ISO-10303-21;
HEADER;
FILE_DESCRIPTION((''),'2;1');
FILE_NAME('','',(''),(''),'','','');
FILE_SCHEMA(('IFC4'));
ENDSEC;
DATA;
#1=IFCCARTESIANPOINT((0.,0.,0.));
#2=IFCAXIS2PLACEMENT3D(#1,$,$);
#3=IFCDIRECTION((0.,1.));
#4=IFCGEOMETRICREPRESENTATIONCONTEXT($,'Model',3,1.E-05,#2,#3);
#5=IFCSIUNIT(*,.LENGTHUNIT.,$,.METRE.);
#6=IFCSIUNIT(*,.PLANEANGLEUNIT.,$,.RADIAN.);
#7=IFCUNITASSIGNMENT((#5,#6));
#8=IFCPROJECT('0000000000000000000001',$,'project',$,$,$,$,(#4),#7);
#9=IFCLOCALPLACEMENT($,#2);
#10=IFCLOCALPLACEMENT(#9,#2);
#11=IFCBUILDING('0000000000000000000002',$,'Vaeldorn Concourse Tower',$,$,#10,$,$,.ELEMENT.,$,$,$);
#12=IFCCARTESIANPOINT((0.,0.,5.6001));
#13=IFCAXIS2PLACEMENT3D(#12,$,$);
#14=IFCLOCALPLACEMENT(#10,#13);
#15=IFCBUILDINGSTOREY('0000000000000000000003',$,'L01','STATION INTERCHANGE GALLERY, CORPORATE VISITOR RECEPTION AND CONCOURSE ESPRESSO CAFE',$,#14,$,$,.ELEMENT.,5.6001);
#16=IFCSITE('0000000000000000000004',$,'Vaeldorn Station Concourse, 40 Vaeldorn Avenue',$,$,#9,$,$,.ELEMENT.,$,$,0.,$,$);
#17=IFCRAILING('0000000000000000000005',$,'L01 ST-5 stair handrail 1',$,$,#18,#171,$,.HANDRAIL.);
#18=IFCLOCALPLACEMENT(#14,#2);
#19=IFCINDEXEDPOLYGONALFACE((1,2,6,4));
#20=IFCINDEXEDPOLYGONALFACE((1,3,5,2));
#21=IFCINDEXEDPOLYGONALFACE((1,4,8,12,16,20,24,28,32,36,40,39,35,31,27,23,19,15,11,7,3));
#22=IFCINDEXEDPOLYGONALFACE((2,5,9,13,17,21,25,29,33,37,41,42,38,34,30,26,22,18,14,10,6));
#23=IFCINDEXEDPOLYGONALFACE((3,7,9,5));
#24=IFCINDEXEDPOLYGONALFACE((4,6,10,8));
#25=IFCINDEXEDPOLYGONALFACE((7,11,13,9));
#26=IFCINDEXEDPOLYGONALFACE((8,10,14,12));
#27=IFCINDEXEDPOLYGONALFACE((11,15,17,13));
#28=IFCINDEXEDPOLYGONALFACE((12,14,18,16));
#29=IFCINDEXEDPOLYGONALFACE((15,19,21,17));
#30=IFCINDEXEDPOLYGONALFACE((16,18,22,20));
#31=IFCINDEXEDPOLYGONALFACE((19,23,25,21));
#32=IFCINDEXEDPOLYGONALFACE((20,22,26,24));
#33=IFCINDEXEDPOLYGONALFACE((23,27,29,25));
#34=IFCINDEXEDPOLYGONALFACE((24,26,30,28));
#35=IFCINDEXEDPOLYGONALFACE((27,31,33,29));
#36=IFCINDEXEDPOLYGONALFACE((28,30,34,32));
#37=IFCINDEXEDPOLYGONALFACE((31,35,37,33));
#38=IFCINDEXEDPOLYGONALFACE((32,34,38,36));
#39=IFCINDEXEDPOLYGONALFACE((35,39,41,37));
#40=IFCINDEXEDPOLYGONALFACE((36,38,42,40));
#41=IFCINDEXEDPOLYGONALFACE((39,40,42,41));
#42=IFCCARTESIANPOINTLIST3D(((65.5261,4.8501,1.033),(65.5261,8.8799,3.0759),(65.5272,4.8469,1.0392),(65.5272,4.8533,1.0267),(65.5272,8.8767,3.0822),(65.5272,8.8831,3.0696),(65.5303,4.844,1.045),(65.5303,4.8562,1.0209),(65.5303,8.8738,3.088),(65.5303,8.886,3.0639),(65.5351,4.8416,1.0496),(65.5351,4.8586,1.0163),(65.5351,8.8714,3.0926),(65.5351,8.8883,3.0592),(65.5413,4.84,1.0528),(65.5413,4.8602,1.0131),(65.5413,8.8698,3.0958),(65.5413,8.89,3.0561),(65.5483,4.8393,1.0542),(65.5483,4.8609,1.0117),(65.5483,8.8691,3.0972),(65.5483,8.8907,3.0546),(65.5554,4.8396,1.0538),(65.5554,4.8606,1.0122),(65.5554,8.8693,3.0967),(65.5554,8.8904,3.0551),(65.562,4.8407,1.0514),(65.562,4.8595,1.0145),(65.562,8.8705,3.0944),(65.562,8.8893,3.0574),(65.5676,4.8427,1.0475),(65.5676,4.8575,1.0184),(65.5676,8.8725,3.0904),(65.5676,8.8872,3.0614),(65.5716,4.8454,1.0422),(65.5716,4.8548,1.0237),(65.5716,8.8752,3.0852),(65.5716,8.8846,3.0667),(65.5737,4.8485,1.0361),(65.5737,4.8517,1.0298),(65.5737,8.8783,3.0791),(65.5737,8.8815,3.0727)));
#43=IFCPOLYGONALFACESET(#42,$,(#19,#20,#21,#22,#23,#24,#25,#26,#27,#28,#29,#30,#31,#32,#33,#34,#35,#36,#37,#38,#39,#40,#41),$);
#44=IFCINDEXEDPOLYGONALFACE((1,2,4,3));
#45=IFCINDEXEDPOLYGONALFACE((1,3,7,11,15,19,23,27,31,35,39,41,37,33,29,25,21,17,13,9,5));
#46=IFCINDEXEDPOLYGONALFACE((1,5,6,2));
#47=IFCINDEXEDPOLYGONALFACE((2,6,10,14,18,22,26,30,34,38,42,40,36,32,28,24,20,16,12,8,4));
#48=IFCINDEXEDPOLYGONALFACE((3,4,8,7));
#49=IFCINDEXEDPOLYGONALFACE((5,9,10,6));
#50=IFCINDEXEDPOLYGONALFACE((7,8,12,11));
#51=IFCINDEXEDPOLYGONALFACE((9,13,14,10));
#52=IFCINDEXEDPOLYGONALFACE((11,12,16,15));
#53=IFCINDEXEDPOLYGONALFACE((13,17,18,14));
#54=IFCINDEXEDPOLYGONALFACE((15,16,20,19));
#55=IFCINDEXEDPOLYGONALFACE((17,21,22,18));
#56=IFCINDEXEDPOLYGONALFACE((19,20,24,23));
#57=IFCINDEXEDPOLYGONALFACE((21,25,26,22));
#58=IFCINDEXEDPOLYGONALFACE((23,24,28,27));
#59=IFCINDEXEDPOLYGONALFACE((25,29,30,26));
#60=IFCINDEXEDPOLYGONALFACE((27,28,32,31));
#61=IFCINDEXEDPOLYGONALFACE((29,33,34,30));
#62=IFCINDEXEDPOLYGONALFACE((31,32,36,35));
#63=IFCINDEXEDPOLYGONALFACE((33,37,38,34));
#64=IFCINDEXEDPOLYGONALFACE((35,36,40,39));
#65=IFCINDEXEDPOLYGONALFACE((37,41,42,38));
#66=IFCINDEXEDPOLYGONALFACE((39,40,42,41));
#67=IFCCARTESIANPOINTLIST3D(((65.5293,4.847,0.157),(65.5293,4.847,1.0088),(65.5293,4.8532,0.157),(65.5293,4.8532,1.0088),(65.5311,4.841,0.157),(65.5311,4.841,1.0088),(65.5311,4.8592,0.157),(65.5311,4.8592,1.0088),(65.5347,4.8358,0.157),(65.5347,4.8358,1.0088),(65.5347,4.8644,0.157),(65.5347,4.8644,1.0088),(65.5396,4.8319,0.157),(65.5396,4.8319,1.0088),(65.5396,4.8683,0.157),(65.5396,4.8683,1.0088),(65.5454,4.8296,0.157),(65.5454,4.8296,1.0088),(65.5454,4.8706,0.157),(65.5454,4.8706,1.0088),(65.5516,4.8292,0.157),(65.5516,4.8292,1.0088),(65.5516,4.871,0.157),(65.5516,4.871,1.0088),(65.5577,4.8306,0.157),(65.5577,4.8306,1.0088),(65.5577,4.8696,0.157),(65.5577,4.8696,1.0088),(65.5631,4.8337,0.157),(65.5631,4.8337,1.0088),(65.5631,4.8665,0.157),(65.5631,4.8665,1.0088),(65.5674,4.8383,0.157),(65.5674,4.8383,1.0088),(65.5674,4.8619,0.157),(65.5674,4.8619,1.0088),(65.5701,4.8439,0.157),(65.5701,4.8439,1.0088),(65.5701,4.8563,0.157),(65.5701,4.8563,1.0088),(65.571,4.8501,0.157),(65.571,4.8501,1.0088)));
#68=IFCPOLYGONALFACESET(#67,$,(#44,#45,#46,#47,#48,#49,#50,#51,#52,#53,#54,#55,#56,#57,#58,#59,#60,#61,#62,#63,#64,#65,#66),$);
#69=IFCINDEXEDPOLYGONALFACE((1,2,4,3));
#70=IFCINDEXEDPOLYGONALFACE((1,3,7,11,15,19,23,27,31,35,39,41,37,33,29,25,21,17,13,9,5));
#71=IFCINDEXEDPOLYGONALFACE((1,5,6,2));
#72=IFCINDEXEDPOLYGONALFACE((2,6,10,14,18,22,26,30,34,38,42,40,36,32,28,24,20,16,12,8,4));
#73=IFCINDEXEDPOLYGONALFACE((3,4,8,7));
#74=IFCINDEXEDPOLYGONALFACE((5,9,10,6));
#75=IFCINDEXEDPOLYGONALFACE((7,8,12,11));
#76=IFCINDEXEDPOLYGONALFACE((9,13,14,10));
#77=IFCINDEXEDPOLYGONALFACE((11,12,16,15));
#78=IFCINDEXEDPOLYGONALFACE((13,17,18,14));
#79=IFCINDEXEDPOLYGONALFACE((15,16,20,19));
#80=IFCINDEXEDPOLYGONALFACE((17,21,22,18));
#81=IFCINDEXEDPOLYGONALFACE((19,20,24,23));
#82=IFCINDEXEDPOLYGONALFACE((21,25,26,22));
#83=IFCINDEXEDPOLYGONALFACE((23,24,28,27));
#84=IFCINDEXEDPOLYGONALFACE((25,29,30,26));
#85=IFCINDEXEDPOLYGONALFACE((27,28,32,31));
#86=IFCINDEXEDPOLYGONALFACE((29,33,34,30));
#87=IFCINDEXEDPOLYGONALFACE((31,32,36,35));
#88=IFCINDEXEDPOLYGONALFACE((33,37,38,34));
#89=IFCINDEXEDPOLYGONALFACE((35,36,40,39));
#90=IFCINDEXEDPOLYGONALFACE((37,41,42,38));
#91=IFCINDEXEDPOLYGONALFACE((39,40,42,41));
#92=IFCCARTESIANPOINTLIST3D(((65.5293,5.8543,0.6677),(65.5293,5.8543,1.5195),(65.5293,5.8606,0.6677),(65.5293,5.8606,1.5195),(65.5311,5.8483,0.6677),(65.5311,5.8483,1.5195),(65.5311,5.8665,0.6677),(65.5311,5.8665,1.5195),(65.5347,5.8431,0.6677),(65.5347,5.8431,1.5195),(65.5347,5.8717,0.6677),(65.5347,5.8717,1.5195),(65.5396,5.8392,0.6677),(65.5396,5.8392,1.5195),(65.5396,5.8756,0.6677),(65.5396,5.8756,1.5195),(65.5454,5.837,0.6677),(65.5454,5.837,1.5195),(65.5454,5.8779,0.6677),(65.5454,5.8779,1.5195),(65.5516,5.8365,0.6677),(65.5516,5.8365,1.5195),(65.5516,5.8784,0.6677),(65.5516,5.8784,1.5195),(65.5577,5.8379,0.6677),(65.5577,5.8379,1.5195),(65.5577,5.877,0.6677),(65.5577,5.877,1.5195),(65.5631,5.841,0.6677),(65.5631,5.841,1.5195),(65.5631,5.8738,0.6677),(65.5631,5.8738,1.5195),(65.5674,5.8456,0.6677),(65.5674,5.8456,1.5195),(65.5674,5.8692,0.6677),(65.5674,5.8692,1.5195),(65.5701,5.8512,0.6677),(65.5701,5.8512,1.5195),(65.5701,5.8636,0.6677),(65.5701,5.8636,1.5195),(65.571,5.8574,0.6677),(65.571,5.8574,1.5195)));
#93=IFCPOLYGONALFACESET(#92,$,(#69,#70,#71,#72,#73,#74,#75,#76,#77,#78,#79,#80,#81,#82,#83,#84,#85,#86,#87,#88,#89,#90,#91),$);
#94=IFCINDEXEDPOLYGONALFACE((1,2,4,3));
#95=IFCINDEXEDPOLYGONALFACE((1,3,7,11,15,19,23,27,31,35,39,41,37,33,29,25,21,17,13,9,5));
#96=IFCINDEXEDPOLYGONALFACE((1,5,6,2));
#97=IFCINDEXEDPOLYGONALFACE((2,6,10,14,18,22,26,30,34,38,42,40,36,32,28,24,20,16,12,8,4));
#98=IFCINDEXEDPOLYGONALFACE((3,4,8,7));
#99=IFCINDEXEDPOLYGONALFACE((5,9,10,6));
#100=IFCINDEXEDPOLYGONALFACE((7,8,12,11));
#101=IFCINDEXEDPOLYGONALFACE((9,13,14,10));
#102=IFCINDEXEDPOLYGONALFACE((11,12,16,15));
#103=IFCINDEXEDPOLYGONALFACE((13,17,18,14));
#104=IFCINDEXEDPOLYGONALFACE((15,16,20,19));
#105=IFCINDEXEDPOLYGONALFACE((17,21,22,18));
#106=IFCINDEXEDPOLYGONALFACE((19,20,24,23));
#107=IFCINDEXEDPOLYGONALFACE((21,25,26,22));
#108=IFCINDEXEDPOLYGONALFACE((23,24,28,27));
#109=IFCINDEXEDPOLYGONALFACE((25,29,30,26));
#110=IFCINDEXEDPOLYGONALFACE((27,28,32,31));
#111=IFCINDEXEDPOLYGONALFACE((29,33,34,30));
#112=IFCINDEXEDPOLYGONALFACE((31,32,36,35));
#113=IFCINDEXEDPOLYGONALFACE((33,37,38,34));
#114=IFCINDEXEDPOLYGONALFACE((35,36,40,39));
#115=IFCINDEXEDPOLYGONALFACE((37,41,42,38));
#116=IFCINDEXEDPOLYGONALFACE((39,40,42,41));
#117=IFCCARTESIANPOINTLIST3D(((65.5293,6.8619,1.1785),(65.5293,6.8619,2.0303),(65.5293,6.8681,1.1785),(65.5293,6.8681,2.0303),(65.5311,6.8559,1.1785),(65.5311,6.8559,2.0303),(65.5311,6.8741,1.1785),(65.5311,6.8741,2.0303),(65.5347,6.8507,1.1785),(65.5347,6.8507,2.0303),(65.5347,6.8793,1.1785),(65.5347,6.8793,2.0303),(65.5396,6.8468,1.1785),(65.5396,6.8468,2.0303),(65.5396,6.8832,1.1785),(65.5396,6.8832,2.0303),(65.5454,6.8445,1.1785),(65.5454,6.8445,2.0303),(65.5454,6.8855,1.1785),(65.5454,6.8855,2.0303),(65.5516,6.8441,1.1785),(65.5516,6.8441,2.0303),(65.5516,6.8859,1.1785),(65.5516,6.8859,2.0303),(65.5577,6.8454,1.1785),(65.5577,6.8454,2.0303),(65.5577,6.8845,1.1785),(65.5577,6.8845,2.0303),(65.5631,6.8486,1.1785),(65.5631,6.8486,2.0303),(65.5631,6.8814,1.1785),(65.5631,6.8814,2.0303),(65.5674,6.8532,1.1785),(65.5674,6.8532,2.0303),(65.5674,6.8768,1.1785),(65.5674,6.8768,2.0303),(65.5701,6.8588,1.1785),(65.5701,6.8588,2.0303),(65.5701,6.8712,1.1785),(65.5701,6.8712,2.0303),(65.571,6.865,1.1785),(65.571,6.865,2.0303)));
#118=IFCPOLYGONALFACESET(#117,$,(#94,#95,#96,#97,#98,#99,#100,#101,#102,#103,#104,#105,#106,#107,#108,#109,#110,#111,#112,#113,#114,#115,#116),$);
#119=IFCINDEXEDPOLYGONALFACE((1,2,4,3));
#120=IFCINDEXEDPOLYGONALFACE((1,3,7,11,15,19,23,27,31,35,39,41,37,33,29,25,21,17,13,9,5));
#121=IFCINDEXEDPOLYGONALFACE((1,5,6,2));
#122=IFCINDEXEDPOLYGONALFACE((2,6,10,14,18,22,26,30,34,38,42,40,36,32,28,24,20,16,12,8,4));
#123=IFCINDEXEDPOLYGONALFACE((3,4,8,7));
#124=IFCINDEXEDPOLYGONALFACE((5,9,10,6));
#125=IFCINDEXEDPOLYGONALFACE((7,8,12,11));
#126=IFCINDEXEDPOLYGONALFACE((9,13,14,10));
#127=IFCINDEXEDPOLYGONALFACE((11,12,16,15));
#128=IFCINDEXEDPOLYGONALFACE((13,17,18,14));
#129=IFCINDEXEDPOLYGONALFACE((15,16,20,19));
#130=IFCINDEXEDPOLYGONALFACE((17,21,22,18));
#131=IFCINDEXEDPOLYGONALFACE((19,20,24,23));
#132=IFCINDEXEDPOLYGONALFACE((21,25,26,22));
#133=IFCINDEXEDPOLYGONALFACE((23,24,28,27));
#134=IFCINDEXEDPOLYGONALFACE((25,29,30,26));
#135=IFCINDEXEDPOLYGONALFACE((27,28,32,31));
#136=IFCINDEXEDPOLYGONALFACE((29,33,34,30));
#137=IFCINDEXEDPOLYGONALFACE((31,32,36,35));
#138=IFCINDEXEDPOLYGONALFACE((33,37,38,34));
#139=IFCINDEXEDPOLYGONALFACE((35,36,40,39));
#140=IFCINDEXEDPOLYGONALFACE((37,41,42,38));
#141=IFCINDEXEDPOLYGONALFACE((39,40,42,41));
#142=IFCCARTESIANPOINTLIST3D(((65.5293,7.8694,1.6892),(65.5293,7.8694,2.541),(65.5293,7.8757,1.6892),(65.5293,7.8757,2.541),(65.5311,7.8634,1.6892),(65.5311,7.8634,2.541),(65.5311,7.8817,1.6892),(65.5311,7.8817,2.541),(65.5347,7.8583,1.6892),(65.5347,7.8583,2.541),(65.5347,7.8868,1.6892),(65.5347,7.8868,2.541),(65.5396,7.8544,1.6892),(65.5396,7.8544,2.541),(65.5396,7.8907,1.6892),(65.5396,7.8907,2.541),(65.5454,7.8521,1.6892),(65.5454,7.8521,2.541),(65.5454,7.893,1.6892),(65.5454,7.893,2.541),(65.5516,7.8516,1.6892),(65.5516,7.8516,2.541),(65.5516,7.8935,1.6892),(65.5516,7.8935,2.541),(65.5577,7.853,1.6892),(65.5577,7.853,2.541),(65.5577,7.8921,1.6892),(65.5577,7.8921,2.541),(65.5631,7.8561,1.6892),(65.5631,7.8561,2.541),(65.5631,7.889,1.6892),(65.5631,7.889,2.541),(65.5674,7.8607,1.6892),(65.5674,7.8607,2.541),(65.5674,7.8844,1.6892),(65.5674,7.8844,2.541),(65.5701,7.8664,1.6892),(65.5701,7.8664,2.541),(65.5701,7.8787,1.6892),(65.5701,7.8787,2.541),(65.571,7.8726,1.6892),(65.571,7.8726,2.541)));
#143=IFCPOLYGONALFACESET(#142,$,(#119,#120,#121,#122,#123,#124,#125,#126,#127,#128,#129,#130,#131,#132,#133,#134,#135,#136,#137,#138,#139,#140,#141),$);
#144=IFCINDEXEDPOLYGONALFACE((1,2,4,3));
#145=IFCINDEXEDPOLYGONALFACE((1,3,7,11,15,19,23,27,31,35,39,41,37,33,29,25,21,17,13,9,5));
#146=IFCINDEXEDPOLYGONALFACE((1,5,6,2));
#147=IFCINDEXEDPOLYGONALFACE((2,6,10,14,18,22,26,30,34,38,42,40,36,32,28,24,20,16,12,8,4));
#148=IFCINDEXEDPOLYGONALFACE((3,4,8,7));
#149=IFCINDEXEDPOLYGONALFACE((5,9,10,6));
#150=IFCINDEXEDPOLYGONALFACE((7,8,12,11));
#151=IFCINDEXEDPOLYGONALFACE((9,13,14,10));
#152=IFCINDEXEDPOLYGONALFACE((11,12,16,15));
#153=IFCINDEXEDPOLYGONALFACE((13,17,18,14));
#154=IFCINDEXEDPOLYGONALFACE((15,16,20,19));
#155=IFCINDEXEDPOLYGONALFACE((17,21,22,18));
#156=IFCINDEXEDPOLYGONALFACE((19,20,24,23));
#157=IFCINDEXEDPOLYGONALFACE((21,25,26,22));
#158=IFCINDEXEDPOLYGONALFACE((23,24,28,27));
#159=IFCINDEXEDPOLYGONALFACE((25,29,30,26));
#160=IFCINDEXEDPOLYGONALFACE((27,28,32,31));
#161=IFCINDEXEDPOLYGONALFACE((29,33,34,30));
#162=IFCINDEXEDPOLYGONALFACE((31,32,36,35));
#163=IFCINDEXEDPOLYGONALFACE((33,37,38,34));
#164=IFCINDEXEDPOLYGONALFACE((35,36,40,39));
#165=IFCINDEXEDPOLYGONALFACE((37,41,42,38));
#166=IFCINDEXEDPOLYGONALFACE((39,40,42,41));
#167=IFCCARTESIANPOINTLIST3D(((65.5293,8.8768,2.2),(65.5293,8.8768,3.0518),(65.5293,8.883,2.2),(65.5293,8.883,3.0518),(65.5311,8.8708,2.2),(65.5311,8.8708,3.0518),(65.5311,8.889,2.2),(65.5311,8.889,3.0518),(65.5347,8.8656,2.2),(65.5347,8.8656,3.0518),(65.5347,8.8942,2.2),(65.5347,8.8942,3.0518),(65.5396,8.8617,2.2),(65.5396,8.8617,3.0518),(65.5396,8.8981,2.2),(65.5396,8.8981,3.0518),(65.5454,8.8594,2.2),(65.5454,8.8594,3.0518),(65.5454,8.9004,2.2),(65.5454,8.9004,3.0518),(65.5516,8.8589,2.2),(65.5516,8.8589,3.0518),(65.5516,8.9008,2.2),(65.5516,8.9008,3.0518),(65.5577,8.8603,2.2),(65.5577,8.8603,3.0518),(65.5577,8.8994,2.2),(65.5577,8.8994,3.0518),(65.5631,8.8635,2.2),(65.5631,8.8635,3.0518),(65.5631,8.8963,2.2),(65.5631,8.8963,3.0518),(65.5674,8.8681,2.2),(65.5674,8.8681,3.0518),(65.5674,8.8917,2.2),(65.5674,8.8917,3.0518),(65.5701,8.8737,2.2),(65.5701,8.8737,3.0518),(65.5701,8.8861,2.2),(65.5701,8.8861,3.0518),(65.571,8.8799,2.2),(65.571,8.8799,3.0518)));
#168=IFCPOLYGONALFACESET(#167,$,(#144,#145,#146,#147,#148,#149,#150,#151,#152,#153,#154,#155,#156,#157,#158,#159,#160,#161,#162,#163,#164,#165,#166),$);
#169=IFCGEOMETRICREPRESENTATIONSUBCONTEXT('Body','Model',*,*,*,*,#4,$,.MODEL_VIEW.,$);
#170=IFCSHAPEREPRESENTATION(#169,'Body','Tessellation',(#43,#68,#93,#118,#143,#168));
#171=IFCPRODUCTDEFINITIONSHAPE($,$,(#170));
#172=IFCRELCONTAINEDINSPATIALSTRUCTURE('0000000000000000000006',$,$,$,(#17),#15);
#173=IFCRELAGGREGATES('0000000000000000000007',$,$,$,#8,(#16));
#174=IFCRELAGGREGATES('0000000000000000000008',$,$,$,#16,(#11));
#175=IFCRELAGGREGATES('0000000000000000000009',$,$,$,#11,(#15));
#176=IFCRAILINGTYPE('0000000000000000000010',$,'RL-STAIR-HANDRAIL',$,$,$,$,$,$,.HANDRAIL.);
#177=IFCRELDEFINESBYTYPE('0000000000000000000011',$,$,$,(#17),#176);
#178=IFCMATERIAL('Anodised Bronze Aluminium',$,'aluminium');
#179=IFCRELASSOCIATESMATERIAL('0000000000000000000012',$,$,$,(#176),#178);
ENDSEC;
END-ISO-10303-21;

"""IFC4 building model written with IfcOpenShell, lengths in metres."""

from ifc_helpers import new_model, si_unit, direction, frame, origin, origin_2d, place, context, subcontext, project, spatial, circle, extrude, material, type_object, element, save


model = new_model("IFC4")

# Units and contexts
model_context = context("Model", 3, precision=1e-05, world=origin(), true_north=direction((0.0, 1.0)))
body_context = subcontext(model_context, "Body", "Model", "MODEL_VIEW")
ifc_project = project(units=[si_unit("LENGTHUNIT", "METRE"), si_unit("PLANEANGLEUNIT", "RADIAN")], contexts=[model_context])

# Site, building, storey
site_placement = place(None, origin())
site = spatial("IfcSite", under=ifc_project, at=site_placement, Name="Vaeldorn Station Concourse, 40 Vaeldorn Avenue", CompositionType="ELEMENT", RefElevation=0.0)
building_placement = place(site_placement, origin())
building = spatial("IfcBuilding", under=site, at=building_placement, Name="Vaeldorn Concourse Tower", CompositionType="ELEMENT")
storey_placement = place(building_placement, frame((0.0, 0.0, 5.6001)))
storey = spatial("IfcBuildingStorey", under=building, at=storey_placement, Name="L01", Description="STATION INTERCHANGE GALLERY, CORPORATE VISITOR RECEPTION AND CONCOURSE ESPRESSO CAFE", CompositionType="ELEMENT", Elevation=5.6001)

# Shared definitions
ifc_material_1 = material(Name="Anodised Bronze Aluminium", Category="aluminium")

# Railing
railing_type_1 = type_object("IfcRailingType", Name="RL-STAIR-HANDRAIL", PredefinedType="HANDRAIL", material=ifc_material_1)
railing_1_placement = place(storey_placement, frame((65.55, 4.8501, 0.157)))
element("IfcRailing", 1, at=railing_1_placement, inside=storey, type_object=railing_type_1, Name="L01 ST-5 stair handrail 1", PredefinedType="HANDRAIL", context=body_context, shape_type="SweptSolid", body=[
    extrude(circle(Radius=0.0239, at=origin_2d()), frame((0.0, 0.0, 0.876), z_axis=(0.0, 0.891928, 0.452178), x_axis=(-1.0, 0.0, 0.0)), (0.0, 0.0, 1.0), 4.5181),
    extrude(circle(Radius=0.021, at=origin_2d()), origin(), (0.0, 0.0, 1.0), 0.8518),
    extrude(circle(Radius=0.021, at=origin_2d()), frame((0.0, 1.0073, 0.5107)), (0.0, 0.0, 1.0), 0.8518),
    extrude(circle(Radius=0.021, at=origin_2d()), frame((0.0, 2.0149, 1.0215)), (0.0, 0.0, 1.0), 0.8518),
    extrude(circle(Radius=0.021, at=origin_2d()), frame((0.0, 3.0225, 1.5322)), (0.0, 0.0, 1.0), 0.8518),
    extrude(circle(Radius=0.021, at=origin_2d()), frame((0.0, 4.0298, 2.043)), (0.0, 0.0, 1.0), 0.8518),
])

save(model, "model.ifc")
